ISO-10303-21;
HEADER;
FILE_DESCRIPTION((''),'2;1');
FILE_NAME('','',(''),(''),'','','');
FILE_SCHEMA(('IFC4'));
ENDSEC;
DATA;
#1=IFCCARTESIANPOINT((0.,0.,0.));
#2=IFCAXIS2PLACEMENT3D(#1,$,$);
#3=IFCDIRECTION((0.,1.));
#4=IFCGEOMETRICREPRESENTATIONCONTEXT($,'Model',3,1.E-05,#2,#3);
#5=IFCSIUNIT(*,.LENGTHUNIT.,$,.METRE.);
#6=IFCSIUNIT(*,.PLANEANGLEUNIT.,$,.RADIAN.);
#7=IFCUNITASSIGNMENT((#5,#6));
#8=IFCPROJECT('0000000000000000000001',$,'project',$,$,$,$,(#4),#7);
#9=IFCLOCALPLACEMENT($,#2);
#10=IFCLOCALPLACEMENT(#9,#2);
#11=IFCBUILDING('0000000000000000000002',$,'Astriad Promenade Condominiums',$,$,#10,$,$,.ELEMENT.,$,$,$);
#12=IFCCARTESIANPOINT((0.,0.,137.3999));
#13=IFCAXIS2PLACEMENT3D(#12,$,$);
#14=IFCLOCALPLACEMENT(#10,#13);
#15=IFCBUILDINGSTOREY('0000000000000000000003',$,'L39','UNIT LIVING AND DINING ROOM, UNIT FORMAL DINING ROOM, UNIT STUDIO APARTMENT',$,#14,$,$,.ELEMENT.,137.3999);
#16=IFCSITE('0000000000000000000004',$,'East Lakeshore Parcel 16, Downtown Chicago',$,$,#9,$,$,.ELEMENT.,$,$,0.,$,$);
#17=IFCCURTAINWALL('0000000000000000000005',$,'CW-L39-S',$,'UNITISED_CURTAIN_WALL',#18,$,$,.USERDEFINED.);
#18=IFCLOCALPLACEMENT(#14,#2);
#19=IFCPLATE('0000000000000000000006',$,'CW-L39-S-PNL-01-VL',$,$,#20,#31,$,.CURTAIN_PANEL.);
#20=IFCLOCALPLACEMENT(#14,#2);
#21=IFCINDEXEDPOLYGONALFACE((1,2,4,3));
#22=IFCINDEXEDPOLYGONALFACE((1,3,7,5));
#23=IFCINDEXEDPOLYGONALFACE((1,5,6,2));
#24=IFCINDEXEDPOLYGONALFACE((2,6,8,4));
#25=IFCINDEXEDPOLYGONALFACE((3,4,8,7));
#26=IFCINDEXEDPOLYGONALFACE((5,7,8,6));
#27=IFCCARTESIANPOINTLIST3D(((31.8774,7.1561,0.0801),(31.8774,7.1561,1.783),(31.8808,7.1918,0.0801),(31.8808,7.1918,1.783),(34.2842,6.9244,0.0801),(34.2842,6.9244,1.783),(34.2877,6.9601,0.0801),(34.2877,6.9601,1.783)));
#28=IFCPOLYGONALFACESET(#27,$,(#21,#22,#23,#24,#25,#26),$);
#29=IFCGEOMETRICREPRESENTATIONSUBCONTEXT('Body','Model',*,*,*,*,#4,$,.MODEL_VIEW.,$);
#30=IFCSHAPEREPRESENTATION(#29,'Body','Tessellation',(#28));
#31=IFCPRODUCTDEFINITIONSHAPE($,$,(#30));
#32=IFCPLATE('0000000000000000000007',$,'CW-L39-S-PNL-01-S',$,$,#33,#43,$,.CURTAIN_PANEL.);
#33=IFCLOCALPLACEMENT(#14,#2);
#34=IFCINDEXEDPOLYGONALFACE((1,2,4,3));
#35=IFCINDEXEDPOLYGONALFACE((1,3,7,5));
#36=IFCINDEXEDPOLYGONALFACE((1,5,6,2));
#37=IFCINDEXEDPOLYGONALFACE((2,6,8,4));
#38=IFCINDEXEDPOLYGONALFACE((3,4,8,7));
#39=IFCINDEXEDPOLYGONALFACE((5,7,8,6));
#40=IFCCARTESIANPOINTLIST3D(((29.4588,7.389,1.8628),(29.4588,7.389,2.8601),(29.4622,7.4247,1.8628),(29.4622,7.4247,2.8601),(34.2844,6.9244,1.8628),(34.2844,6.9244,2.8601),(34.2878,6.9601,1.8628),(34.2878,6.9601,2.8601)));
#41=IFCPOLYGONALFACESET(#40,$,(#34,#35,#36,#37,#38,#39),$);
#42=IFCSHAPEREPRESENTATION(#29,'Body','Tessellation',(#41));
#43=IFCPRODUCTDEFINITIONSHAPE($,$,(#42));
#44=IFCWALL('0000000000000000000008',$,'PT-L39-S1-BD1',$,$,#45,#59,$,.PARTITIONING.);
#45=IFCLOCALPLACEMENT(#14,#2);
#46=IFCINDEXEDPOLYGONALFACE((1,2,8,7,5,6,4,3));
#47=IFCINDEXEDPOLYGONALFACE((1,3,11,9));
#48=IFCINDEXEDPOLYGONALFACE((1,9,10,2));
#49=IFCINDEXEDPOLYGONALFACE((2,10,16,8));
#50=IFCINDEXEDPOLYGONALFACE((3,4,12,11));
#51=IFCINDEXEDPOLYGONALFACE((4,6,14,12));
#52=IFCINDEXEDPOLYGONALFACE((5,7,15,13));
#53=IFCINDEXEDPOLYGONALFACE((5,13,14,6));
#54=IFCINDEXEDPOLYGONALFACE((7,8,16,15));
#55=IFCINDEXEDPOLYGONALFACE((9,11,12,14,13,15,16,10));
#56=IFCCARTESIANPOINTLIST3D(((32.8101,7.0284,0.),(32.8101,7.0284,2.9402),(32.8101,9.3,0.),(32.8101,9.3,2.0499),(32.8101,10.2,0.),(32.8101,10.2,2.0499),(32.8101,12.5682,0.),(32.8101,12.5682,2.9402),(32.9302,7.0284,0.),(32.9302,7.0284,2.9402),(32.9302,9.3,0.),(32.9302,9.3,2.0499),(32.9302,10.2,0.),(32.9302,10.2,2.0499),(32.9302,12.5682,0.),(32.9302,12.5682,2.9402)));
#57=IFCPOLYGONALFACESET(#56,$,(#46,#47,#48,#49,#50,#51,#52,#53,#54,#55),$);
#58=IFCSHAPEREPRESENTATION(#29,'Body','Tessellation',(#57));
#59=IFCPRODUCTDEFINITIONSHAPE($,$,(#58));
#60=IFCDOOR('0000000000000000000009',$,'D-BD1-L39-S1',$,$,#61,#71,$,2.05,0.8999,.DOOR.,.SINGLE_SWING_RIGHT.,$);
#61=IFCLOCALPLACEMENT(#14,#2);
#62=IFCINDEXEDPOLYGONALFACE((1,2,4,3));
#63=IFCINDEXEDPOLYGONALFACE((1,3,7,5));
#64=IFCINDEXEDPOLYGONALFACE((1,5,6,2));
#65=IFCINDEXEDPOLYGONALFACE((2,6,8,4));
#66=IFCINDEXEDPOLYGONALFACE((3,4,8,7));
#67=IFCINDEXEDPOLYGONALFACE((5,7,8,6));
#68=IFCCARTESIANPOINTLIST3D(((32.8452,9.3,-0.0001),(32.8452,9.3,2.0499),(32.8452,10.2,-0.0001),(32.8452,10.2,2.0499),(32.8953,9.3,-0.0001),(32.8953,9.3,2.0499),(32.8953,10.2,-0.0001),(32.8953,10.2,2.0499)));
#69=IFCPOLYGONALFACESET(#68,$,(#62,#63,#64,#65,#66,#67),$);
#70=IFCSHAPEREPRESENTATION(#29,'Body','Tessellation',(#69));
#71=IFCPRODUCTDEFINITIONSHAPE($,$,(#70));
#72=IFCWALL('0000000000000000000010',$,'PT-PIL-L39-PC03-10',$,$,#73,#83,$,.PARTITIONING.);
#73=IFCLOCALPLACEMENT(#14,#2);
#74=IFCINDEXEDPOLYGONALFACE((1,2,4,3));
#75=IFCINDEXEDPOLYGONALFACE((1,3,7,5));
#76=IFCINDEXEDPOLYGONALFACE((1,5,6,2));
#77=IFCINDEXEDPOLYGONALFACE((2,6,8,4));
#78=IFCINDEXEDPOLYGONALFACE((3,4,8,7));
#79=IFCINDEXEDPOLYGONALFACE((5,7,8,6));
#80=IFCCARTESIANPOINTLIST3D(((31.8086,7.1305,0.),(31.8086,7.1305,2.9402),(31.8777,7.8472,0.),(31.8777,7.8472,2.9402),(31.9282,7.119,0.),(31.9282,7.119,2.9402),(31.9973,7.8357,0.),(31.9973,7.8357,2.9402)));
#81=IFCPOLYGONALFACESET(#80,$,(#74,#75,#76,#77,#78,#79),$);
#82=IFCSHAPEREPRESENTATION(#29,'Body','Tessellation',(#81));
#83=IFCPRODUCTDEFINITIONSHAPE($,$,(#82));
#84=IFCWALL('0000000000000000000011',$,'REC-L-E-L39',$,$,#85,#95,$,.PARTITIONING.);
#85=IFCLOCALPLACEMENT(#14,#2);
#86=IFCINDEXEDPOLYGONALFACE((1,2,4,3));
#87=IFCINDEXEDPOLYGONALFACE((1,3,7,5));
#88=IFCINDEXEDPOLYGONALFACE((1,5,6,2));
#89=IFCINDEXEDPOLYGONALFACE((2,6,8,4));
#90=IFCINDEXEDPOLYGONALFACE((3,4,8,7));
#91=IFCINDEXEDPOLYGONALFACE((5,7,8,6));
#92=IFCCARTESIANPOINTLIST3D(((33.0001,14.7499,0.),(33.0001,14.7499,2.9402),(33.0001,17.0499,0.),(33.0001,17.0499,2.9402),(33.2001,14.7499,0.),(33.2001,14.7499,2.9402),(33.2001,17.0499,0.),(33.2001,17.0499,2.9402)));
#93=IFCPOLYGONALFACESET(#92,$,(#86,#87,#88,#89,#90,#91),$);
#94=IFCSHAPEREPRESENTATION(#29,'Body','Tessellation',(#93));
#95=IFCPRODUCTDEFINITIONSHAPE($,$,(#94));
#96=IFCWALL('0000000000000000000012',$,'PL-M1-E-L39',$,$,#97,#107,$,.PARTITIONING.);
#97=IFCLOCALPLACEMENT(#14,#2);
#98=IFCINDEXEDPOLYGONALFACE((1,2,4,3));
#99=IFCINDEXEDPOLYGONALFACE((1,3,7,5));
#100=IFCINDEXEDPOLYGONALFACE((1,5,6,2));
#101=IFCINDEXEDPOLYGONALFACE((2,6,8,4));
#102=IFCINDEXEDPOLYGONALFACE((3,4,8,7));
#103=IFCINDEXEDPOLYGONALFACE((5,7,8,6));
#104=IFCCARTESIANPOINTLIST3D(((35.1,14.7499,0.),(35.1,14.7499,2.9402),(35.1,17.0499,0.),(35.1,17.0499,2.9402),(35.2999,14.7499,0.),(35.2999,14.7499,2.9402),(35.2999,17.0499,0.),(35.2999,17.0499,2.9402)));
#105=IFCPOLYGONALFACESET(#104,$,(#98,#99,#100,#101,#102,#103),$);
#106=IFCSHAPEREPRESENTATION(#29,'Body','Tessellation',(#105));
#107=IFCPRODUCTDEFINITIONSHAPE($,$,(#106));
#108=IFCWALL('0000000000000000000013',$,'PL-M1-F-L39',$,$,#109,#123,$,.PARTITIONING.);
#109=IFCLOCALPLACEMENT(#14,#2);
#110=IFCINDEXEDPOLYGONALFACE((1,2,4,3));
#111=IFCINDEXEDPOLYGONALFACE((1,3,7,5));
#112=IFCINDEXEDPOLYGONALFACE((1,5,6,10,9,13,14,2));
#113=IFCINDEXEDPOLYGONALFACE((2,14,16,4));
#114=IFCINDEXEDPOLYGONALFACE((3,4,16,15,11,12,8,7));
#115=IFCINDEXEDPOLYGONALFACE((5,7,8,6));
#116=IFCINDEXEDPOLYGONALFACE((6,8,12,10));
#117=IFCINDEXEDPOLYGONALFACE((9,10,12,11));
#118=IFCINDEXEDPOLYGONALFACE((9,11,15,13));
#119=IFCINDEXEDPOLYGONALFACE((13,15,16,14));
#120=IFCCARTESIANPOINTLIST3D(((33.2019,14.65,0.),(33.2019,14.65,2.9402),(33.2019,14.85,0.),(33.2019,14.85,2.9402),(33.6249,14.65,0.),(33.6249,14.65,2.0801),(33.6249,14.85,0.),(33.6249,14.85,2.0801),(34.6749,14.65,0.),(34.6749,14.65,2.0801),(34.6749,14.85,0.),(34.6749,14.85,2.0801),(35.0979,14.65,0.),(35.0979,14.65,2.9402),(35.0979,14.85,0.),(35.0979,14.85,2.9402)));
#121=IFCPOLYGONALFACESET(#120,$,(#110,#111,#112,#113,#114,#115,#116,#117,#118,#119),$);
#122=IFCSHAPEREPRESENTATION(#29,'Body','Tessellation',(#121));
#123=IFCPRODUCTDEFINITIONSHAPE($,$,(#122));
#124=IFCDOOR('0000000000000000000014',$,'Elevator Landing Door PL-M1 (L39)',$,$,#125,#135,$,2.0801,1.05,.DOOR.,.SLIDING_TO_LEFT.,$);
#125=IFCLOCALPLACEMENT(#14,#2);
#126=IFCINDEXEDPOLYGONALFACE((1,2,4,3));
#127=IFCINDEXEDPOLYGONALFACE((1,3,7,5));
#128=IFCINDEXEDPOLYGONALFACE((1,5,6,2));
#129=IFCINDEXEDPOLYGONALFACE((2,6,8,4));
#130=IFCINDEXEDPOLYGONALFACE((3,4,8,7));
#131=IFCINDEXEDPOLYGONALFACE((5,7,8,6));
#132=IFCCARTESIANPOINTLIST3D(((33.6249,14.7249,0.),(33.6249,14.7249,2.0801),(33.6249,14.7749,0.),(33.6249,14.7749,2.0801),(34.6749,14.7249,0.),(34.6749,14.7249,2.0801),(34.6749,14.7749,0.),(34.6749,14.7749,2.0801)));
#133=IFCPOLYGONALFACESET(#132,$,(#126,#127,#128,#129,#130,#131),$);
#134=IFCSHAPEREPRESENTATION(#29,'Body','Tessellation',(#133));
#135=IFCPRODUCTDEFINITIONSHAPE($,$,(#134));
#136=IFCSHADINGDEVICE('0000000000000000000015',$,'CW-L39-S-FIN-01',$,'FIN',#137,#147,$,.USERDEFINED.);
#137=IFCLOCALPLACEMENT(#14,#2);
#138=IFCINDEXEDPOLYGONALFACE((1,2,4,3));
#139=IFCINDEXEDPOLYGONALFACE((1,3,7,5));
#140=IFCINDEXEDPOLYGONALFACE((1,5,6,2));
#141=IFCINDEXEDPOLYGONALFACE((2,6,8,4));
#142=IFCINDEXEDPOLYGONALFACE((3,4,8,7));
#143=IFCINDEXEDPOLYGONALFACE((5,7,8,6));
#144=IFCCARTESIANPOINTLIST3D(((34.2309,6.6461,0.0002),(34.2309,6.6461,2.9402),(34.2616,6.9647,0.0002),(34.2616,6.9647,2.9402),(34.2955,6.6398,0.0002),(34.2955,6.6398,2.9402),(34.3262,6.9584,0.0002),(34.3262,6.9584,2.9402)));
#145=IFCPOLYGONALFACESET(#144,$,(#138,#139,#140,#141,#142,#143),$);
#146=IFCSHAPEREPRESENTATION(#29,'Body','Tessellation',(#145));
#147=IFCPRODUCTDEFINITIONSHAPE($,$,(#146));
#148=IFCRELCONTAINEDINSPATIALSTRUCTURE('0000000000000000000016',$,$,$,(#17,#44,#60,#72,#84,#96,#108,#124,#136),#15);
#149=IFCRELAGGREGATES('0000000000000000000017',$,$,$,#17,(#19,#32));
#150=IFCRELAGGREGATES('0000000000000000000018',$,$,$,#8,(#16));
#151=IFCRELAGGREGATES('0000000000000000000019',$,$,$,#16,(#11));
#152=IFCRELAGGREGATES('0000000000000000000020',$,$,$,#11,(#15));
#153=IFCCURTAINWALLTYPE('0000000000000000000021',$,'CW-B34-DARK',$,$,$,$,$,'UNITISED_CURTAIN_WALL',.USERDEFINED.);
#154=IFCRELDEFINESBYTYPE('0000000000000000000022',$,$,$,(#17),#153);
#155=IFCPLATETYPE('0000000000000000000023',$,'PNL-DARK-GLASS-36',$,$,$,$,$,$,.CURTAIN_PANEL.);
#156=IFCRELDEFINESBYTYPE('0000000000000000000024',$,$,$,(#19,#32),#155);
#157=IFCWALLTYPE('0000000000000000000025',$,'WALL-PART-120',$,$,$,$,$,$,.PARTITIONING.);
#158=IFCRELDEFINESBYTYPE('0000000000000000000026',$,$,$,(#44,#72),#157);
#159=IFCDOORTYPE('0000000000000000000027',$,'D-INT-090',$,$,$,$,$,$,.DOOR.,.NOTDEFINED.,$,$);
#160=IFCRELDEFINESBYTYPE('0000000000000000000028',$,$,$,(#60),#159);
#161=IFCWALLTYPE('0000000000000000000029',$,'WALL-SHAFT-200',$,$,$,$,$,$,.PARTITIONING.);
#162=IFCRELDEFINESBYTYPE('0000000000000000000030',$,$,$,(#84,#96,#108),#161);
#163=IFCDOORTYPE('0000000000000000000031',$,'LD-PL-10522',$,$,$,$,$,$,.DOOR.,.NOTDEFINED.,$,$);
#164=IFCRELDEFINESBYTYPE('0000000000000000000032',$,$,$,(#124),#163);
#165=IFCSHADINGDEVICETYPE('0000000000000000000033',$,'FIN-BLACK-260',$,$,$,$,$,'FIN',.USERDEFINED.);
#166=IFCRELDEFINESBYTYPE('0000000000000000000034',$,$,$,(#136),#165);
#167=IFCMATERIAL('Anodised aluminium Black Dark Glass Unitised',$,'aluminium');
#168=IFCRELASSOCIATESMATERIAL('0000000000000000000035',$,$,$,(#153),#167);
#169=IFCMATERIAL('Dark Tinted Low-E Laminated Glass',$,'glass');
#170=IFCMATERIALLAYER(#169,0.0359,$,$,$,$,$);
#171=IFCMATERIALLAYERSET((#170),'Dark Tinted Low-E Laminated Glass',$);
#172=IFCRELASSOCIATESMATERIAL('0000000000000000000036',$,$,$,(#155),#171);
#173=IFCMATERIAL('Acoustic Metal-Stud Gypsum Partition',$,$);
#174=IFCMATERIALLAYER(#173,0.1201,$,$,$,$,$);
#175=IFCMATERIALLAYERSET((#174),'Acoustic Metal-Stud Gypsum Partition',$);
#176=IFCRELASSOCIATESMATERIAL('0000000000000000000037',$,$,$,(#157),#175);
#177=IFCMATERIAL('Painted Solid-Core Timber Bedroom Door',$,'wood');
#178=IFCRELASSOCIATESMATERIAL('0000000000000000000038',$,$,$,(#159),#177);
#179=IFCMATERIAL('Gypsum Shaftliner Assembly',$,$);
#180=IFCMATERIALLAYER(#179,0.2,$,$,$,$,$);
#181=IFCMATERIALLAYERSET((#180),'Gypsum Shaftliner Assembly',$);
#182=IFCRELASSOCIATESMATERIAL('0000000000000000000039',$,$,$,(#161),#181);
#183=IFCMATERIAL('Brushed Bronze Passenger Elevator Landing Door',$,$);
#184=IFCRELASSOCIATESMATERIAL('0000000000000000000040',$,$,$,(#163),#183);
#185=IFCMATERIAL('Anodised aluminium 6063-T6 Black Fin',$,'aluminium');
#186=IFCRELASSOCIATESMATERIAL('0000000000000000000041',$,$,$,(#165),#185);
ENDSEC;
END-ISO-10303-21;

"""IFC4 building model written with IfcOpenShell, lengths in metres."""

from ifc_helpers import new_model, si_unit, direction, frame, frame_2d, origin, origin_2d, place, context, subcontext, project, spatial, rectangle, extrude, source, transform, mapped, material, layer, layer_set, type_object, type_shapes, element, fill, aggregate, save


model = new_model("IFC4")

# Units and contexts
model_context = context("Model", 3, precision=1e-05, world=origin(), true_north=direction((0.0, 1.0)))
body_context = subcontext(model_context, "Body", "Model", "MODEL_VIEW")
ifc_project = project(units=[si_unit("LENGTHUNIT", "METRE"), si_unit("PLANEANGLEUNIT", "RADIAN")], contexts=[model_context])

# Site, building, storey
site_placement = place(None, origin())
site = spatial("IfcSite", under=ifc_project, at=site_placement, Name="East Lakeshore Parcel 16, Downtown Chicago", CompositionType="ELEMENT", RefElevation=0.0)
building_placement = place(site_placement, origin())
building = spatial("IfcBuilding", under=site, at=building_placement, Name="Astriad Promenade Condominiums", CompositionType="ELEMENT")
storey_placement = place(building_placement, frame((0.0, 0.0, 137.3999)))
storey = spatial("IfcBuildingStorey", under=building, at=storey_placement, Name="L39", Description="UNIT LIVING AND DINING ROOM, UNIT FORMAL DINING ROOM, UNIT STUDIO APARTMENT", CompositionType="ELEMENT", Elevation=137.3999)

# Curtain wall, plates
ifc_material_1 = material(Name="Anodised aluminium Black Dark Glass Unitised", Category="aluminium")
curtain_wall_type = type_object("IfcCurtainWallType", Name="CW-B34-DARK", ElementType="UNITISED_CURTAIN_WALL", PredefinedType="USERDEFINED", material=ifc_material_1)
curtain_wall_placement = place(storey_placement, origin())
curtain_wall = element("IfcCurtainWall", 1, at=curtain_wall_placement, inside=storey, type_object=curtain_wall_type, Name="CW-L39-S", ObjectType="UNITISED_CURTAIN_WALL", PredefinedType="USERDEFINED")
ifc_material_2 = material(Name="Dark Tinted Low-E Laminated Glass", Category="glass")
ifc_layer_1 = layer(ifc_material_2, 0.0359)
ifc_layer_set_1 = layer_set([ifc_layer_1], Name="Dark Tinted Low-E Laminated Glass")
plate_type = type_object("IfcPlateType", Name="PNL-DARK-GLASS-36", PredefinedType="CURTAIN_PANEL", material=ifc_layer_set_1)
shared_shape_1 = source(origin(), body_context, "Body", "SweptSolid", [
    extrude(rectangle(XDim=2.418, YDim=0.0359, at=origin_2d()), origin(), (0.0, 0.0, 1.0), 1.7029),
])
plate_1_placement = place(storey_placement, frame((33.0825, 7.0581, 0.0801), z_axis=(0.0, 0.0, 1.0), x_axis=(-0.995396, 0.095846, 0.0)))
plate_1 = element("IfcPlate", 2, at=plate_1_placement, type_object=plate_type, Name="CW-L39-S-PNL-01-VL", PredefinedType="CURTAIN_PANEL", context=body_context, shape_type="MappedRepresentation", body=[
    mapped(shared_shape_1, transform((0.0, 0.0, 0.0), scale=1.0)),
])
shared_shape_2 = source(origin(), body_context, "Body", "SweptSolid", [
    extrude(rectangle(XDim=4.8479, YDim=0.0359, at=origin_2d()), origin(), (0.0, 0.0, 1.0), 0.9973),
])
type_shapes(plate_type, [shared_shape_1, shared_shape_2])
plate_2_placement = place(storey_placement, frame((31.8733, 7.1746, 1.8628), z_axis=(0.0, 0.0, 1.0), x_axis=(-0.995396, 0.095846, 0.0)))
plate_2 = element("IfcPlate", 3, at=plate_2_placement, type_object=plate_type, Name="CW-L39-S-PNL-01-S", PredefinedType="CURTAIN_PANEL", context=body_context, shape_type="MappedRepresentation", body=[
    mapped(shared_shape_2, transform((0.0, 0.0, 0.0), scale=1.0)),
])
aggregate(curtain_wall, [plate_1, plate_2])

# Wall, opening, door
ifc_material_3 = material(Name="Acoustic Metal-Stud Gypsum Partition")
ifc_layer_2 = layer(ifc_material_3, 0.1201)
ifc_layer_set_2 = layer_set([ifc_layer_2], Name="Acoustic Metal-Stud Gypsum Partition")
wall_type_1 = type_object("IfcWallType", Name="WALL-PART-120", PredefinedType="PARTITIONING", material=ifc_layer_set_2)
wall_1_placement = place(storey_placement, frame((32.8701, 7.0283, 0.0), z_axis=(0.0, 0.0, 1.0), x_axis=(0.0, 1.0, 0.0)))
wall_1 = element("IfcWall", 4, at=wall_1_placement, inside=storey, type_object=wall_type_1, Name="PT-L39-S1-BD1", PredefinedType="PARTITIONING", context=body_context, shape_type="SweptSolid", body=[
    extrude(rectangle(XDim=5.5398, YDim=0.1201, at=frame_2d((2.77, 0.0))), origin(), (0.0, 0.0, 1.0), 2.9402),
])
opening_1_placement = place(wall_1_placement, frame((2.2717, 0.0, 0.0)))
opening_1 = element("IfcOpeningElement", 5, at=opening_1_placement, cuts=wall_1, PredefinedType="OPENING", context=body_context, shape_type="SweptSolid", body=[
    extrude(rectangle(XDim=0.8999, YDim=2.05, at=frame_2d((0.45, 1.0249))), frame((0.0, 0.0701, 0.0), z_axis=(0.0, -1.0, 0.0), x_axis=(1.0, 0.0, 0.0)), (0.0, 0.0, 1.0), 0.1401),
])
ifc_material_4 = material(Name="Painted Solid-Core Timber Bedroom Door", Category="wood")
door_type_1 = type_object("IfcDoorType", Name="D-INT-090", OperationType="NOTDEFINED", PredefinedType="DOOR", material=ifc_material_4)
shared_shape_3 = source(origin(), body_context, "Body", "SweptSolid", [
    extrude(rectangle(XDim=0.8999, YDim=2.05, at=frame_2d((0.45, 1.0249))), frame((0.0, 0.0249, 0.0), z_axis=(0.0, -1.0, 0.0), x_axis=(1.0, 0.0, 0.0)), (0.0, 0.0, 1.0), 0.05),
])
type_shapes(door_type_1, [shared_shape_3])
door_1_placement = place(opening_1_placement, origin())
door_1 = element("IfcDoor", 6, at=door_1_placement, inside=storey, type_object=door_type_1, Name="D-BD1-L39-S1", OperationType="SINGLE_SWING_RIGHT", OverallHeight=2.05, OverallWidth=0.8999, PredefinedType="DOOR", context=body_context, shape_type="MappedRepresentation", body=[
    mapped(shared_shape_3, transform((0.0, 0.0, 0.0), scale=1.0)),
])
fill(opening_1, door_1)

# Walls
wall_2_placement = place(storey_placement, frame((31.9375, 7.8413, 0.0), z_axis=(0.0, 0.0, 1.0), x_axis=(-0.095977, -0.995384, 0.0)))
element("IfcWall", 7, at=wall_2_placement, inside=storey, type_object=wall_type_1, Name="PT-PIL-L39-PC03-10", PredefinedType="PARTITIONING", context=body_context, shape_type="SweptSolid", body=[
    extrude(rectangle(XDim=0.72, YDim=0.1201, at=frame_2d((0.3599, 0.0))), origin(), (0.0, 0.0, 1.0), 2.9402),
])
ifc_material_5 = material(Name="Gypsum Shaftliner Assembly")
ifc_layer_3 = layer(ifc_material_5, 0.2)
ifc_layer_set_3 = layer_set([ifc_layer_3], Name="Gypsum Shaftliner Assembly")
wall_type_2 = type_object("IfcWallType", Name="WALL-SHAFT-200", PredefinedType="PARTITIONING", material=ifc_layer_set_3)
for number, where, z_axis, x_axis, name in (
    (8, (33.1001, 14.75, 0.0), (0.0, 0.0, 1.0), (0.0, 1.0, 0.0), "REC-L-E-L39"),
    (9, (35.2, 14.75, 0.0), (0.0, 0.0, 1.0), (0.0, 1.0, 0.0), "PL-M1-E-L39"),
):
    element("IfcWall", number, at=place(storey_placement, frame(where, z_axis=z_axis, x_axis=x_axis)), inside=storey, type_object=wall_type_2, Name=name, PredefinedType="PARTITIONING", context=body_context, shape_type="SweptSolid", body=[
        extrude(rectangle(XDim=2.3, YDim=0.2, at=frame_2d((1.1499, 0.0))), origin(), (0.0, 0.0, 1.0), 2.9402),
    ])

# Wall, opening, door
wall_3_placement = place(storey_placement, frame((33.2019, 14.75, 0.0), z_axis=(0.0, 0.0, 1.0), x_axis=(1.0, 0.0, 0.0)))
wall_3 = element("IfcWall", 10, at=wall_3_placement, inside=storey, type_object=wall_type_2, Name="PL-M1-F-L39", PredefinedType="PARTITIONING", context=body_context, shape_type="SweptSolid", body=[
    extrude(rectangle(XDim=1.896, YDim=0.2, at=frame_2d((0.948, 0.0))), origin(), (0.0, 0.0, 1.0), 2.9402),
])
opening_2_placement = place(wall_3_placement, frame((0.4231, 0.0, 0.0)))
opening_2 = element("IfcOpeningElement", 11, at=opening_2_placement, cuts=wall_3, PredefinedType="OPENING", context=body_context, shape_type="SweptSolid", body=[
    extrude(rectangle(XDim=1.05, YDim=2.0801, at=frame_2d((0.5249, 1.04))), frame((0.0, 0.1099, 0.0), z_axis=(0.0, -1.0, 0.0), x_axis=(1.0, 0.0, 0.0)), (0.0, 0.0, 1.0), 0.22),
])
ifc_material_6 = material(Name="Brushed Bronze Passenger Elevator Landing Door")
door_type_2 = type_object("IfcDoorType", Name="LD-PL-10522", OperationType="NOTDEFINED", PredefinedType="DOOR", material=ifc_material_6)
shared_shape_4 = source(origin(), body_context, "Body", "SweptSolid", [
    extrude(rectangle(XDim=1.05, YDim=2.0801, at=frame_2d((0.5249, 1.04))), frame((0.0, 0.0249, 0.0), z_axis=(0.0, -1.0, 0.0), x_axis=(1.0, 0.0, 0.0)), (0.0, 0.0, 1.0), 0.05),
])
type_shapes(door_type_2, [shared_shape_4])
door_2_placement = place(opening_2_placement, origin())
door_2 = element("IfcDoor", 12, at=door_2_placement, inside=storey, type_object=door_type_2, Name="Elevator Landing Door PL-M1 (L39)", OperationType="SLIDING_TO_LEFT", OverallHeight=2.0801, OverallWidth=1.05, PredefinedType="DOOR", context=body_context, shape_type="MappedRepresentation", body=[
    mapped(shared_shape_4, transform((0.0, 0.0, 0.0), scale=1.0)),
])
fill(opening_2, door_2)

# Shading device
ifc_material_7 = material(Name="Anodised aluminium 6063-T6 Black Fin", Category="aluminium")
shading_device_type = type_object("IfcShadingDeviceType", Name="FIN-BLACK-260", ElementType="FIN", PredefinedType="USERDEFINED", material=ifc_material_7)
shared_shape_5 = source(origin(), body_context, "Body", "SweptSolid", [
    extrude(rectangle(XDim=0.0649, YDim=0.3201, at=origin_2d()), origin(), (0.0, 0.0, 1.0), 2.9399),
])
type_shapes(shading_device_type, [shared_shape_5])
shading_device_placement = place(storey_placement, frame((34.2786, 6.8022, 0.0002), z_axis=(0.0, 0.0, 1.0), x_axis=(-0.995396, 0.095846, 0.0)))
element("IfcShadingDevice", 13, at=shading_device_placement, inside=storey, type_object=shading_device_type, Name="CW-L39-S-FIN-01", ObjectType="FIN", PredefinedType="USERDEFINED", context=body_context, shape_type="MappedRepresentation", body=[
    mapped(shared_shape_5, transform((0.0, 0.0, 0.0), scale=1.0)),
])

save(model, "model.ifc")
